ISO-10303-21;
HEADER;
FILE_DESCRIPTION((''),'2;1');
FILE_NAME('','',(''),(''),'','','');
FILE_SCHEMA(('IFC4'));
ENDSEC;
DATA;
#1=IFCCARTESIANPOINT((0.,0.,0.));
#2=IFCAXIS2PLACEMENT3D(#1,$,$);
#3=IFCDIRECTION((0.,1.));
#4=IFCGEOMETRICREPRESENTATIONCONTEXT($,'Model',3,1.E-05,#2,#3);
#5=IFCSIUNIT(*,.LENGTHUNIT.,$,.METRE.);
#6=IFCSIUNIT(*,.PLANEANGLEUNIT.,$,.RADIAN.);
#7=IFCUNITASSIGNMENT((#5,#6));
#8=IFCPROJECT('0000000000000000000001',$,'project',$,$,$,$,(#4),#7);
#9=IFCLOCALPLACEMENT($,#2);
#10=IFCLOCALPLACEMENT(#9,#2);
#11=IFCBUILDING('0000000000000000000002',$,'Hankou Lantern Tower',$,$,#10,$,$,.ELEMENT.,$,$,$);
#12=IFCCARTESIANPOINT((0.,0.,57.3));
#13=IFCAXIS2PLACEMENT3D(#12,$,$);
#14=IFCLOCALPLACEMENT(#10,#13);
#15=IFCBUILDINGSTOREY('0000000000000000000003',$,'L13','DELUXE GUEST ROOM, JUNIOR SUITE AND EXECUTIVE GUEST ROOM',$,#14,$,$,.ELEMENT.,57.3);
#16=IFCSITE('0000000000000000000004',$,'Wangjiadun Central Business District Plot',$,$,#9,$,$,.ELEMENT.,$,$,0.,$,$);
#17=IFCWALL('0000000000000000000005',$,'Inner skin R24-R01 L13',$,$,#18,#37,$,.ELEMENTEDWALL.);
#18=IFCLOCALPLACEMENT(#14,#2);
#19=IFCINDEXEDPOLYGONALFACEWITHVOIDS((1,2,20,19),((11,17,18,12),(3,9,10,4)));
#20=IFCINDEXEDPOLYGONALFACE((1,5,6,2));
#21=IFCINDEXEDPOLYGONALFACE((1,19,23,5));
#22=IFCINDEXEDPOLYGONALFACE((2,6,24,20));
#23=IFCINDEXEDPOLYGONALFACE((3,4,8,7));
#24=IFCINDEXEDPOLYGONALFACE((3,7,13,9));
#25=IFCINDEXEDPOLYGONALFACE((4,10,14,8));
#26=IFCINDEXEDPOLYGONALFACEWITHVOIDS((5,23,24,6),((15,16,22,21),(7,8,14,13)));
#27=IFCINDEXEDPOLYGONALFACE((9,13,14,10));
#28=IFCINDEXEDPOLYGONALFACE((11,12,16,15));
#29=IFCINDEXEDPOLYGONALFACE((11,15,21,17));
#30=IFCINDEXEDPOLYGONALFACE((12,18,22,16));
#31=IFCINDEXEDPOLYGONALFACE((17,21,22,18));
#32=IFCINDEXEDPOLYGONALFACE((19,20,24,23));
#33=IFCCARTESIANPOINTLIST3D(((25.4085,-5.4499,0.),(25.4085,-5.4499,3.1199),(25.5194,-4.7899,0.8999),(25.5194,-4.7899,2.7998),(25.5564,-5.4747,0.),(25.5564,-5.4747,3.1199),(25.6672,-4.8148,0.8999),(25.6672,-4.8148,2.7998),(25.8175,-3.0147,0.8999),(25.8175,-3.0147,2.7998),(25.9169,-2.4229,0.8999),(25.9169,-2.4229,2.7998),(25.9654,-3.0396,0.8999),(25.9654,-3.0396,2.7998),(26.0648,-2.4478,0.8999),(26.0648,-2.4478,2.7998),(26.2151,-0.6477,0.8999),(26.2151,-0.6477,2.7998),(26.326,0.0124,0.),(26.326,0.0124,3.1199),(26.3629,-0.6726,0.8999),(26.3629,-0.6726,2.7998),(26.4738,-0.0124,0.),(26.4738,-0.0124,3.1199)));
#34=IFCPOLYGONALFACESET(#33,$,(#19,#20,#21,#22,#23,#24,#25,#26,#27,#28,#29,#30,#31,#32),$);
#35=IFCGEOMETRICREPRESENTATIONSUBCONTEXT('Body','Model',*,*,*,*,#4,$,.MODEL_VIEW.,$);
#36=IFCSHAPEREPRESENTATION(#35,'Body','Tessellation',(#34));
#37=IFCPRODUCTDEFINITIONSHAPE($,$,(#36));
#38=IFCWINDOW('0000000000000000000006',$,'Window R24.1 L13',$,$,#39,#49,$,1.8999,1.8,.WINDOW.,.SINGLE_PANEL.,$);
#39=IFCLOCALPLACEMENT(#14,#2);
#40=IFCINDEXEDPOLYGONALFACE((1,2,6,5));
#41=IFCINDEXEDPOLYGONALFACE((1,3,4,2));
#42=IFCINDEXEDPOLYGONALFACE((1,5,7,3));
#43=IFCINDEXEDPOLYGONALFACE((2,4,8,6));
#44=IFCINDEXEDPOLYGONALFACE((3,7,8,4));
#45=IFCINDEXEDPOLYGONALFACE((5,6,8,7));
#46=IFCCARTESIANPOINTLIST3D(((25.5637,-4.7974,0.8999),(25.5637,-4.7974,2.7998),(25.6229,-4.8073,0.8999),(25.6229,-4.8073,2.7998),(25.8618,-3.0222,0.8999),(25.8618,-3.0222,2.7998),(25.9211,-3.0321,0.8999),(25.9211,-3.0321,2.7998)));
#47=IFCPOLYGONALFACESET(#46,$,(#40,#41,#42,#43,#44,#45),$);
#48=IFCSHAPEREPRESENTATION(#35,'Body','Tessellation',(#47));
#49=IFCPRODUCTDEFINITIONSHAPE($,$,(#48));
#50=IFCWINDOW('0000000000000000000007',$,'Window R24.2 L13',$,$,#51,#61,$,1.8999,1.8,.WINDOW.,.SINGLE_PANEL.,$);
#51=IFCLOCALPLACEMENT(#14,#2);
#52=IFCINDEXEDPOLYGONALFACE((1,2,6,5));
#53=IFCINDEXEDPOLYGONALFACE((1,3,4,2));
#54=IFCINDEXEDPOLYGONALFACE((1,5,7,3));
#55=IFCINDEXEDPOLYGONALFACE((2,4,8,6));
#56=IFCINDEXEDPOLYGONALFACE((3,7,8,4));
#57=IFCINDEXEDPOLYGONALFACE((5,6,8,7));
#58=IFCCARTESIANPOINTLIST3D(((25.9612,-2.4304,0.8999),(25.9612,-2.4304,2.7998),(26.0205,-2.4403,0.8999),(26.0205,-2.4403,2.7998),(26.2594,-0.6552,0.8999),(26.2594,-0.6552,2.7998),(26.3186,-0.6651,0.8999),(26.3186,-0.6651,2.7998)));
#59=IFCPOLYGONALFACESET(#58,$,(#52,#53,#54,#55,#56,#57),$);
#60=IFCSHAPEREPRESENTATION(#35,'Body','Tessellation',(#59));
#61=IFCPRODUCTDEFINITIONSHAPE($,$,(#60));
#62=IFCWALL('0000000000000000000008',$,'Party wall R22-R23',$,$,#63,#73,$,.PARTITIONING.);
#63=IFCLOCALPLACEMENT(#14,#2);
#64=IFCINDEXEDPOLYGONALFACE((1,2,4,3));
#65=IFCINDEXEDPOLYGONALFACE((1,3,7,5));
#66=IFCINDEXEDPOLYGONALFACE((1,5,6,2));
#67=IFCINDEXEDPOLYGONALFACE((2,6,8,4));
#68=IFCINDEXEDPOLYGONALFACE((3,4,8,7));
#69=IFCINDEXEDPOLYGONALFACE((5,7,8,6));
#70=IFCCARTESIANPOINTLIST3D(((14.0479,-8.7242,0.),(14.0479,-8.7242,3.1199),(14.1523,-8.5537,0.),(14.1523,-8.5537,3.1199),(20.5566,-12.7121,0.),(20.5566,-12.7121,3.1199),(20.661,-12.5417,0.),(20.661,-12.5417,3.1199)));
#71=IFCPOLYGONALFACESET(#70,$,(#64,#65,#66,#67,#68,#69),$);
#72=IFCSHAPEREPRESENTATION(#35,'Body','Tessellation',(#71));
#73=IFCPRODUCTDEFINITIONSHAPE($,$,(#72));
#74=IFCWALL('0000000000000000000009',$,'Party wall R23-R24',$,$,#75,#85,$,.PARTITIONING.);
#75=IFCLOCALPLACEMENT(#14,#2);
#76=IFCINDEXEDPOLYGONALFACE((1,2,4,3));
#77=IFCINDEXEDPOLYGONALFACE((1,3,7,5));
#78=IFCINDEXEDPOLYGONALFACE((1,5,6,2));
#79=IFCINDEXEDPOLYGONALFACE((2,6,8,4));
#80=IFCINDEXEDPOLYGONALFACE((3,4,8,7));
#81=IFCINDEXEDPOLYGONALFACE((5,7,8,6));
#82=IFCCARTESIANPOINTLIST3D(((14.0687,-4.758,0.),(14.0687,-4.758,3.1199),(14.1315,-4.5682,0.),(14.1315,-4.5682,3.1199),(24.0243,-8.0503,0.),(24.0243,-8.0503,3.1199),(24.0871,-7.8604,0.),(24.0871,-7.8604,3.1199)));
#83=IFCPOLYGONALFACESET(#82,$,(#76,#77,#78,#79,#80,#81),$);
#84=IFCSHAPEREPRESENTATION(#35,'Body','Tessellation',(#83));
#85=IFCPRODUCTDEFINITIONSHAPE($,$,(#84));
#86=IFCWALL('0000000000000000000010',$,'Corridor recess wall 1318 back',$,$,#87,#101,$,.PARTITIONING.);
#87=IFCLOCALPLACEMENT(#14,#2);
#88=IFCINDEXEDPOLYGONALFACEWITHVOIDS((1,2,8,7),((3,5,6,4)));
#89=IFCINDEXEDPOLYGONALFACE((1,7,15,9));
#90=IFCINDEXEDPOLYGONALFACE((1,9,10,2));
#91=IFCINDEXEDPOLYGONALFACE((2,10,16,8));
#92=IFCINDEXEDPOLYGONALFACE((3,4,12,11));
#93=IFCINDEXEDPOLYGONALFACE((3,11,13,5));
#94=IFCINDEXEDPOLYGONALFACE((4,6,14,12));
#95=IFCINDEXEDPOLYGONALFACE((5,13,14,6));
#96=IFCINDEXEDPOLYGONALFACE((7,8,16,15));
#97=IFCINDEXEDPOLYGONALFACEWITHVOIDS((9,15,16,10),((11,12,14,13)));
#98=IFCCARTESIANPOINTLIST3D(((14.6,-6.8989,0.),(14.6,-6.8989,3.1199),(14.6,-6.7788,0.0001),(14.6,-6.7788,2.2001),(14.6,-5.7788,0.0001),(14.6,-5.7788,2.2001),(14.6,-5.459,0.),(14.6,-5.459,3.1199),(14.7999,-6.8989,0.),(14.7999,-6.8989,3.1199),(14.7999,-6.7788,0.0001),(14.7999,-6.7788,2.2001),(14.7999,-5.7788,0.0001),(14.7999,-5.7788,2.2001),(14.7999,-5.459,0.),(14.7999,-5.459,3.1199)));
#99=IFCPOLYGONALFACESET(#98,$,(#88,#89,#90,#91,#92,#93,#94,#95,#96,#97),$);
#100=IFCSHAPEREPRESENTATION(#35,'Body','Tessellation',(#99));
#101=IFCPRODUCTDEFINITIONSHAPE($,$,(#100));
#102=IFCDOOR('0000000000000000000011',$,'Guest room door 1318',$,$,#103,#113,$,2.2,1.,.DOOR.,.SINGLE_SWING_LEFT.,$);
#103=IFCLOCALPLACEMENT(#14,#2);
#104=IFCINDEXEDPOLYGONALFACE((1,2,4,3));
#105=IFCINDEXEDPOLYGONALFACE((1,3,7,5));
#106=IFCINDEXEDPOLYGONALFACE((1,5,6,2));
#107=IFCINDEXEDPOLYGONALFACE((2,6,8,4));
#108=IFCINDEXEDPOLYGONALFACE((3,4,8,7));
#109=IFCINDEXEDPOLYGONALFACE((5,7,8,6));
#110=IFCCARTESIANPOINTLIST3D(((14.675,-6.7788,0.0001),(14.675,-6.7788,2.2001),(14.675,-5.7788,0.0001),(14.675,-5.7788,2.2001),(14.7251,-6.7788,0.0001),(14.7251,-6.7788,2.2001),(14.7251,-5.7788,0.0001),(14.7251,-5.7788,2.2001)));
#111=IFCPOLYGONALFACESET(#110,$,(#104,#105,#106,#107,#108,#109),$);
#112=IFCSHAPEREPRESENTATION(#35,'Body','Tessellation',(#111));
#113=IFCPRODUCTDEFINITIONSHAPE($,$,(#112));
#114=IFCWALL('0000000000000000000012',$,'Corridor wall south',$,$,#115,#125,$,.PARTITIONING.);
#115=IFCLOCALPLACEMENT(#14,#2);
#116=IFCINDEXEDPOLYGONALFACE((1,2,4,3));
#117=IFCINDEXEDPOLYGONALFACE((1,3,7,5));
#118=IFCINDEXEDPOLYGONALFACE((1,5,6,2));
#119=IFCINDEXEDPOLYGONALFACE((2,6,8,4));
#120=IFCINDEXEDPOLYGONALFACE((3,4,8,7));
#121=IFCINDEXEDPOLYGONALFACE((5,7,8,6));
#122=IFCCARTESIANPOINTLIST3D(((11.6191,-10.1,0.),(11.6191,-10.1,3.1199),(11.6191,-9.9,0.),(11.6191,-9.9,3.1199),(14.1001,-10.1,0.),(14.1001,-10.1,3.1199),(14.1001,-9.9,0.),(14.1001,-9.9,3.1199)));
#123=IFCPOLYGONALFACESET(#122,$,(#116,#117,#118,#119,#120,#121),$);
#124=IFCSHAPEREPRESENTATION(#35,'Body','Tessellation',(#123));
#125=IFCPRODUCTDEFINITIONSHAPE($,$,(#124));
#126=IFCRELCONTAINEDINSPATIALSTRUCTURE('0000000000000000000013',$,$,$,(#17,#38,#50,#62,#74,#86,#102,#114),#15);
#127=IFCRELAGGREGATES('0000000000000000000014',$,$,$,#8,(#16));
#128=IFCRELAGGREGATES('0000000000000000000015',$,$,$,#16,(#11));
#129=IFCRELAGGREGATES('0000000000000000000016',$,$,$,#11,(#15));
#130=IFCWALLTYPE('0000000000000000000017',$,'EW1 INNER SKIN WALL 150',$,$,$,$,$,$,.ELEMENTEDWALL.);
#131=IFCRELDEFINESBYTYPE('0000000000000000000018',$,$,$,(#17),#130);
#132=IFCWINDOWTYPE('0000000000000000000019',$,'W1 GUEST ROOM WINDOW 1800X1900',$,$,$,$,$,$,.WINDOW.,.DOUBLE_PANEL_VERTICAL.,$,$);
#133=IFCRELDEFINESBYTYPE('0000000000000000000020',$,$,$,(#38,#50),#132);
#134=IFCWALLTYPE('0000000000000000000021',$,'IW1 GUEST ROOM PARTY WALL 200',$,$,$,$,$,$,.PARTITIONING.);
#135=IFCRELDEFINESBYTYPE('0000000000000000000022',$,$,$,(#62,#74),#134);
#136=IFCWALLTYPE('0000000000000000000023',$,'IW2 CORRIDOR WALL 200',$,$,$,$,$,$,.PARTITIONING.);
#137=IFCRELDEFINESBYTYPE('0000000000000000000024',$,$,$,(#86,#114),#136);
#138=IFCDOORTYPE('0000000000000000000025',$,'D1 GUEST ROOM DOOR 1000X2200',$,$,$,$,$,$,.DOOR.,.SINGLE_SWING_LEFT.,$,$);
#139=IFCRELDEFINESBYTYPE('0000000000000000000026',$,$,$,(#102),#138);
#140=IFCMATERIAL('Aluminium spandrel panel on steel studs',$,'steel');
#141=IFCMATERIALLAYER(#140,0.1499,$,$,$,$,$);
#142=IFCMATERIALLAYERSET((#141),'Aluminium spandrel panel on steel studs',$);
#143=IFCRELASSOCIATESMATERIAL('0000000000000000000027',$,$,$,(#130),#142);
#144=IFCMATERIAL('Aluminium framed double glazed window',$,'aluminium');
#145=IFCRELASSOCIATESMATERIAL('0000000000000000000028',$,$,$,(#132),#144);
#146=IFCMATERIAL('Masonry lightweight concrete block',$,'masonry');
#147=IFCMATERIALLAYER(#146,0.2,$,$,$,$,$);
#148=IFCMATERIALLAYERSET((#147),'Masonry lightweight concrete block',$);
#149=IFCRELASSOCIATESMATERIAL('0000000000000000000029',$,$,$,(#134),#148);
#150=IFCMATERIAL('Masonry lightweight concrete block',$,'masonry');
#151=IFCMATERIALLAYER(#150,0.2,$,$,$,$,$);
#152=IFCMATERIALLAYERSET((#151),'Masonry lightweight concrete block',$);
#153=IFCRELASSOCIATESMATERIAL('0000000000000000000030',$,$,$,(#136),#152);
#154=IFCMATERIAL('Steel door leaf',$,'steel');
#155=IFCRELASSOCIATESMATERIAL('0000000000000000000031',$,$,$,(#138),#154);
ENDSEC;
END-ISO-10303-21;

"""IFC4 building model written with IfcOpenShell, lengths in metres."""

from ifc_helpers import new_model, si_unit, direction, frame, frame_2d, origin, place, context, subcontext, project, spatial, rectangle, extrude, material, layer, layer_set, type_object, element, fill, save


model = new_model("IFC4")

# Units and contexts
model_context = context("Model", 3, precision=1e-05, world=origin(), true_north=direction((0.0, 1.0)))
body_context = subcontext(model_context, "Body", "Model", "MODEL_VIEW")
ifc_project = project(units=[si_unit("LENGTHUNIT", "METRE"), si_unit("PLANEANGLEUNIT", "RADIAN")], contexts=[model_context])

# Site, building, storey
site_placement = place(None, origin())
site = spatial("IfcSite", under=ifc_project, at=site_placement, Name="Wangjiadun Central Business District Plot", CompositionType="ELEMENT", RefElevation=0.0)
building_placement = place(site_placement, origin())
building = spatial("IfcBuilding", under=site, at=building_placement, Name="Hankou Lantern Tower", CompositionType="ELEMENT")
storey_placement = place(building_placement, frame((0.0, 0.0, 57.3)))
storey = spatial("IfcBuildingStorey", under=building, at=storey_placement, Name="L13", Description="DELUXE GUEST ROOM, JUNIOR SUITE AND EXECUTIVE GUEST ROOM", CompositionType="ELEMENT", Elevation=57.3)

# Wall, openings, windows
ifc_material_1 = material(Name="Aluminium spandrel panel on steel studs", Category="steel")
ifc_layer_1 = layer(ifc_material_1, 0.1499)
ifc_layer_set_1 = layer_set([ifc_layer_1], Name="Aluminium spandrel panel on steel studs")
wall_type_1 = type_object("IfcWallType", Name="EW1 INNER SKIN WALL 150", PredefinedType="ELEMENTEDWALL", material=ifc_layer_set_1)
wall_1_placement = place(storey_placement, frame((25.4824, -5.4624, 0.0), z_axis=(0.0, 0.0, 1.0), x_axis=(0.165643, 0.986186, 0.0)))
wall_1 = element("IfcWall", 1, at=wall_1_placement, inside=storey, type_object=wall_type_1, Name="Inner skin R24-R01 L13", PredefinedType="ELEMENTEDWALL", context=body_context, shape_type="SweptSolid", body=[
    extrude(rectangle(XDim=5.5388, YDim=0.1499, at=frame_2d((2.7695, 0.0))), origin(), (0.0, 0.0, 1.0), 3.1199),
])
opening_1_placement = place(wall_1_placement, frame((0.6694, 0.0, 0.8999)))
opening_1 = element("IfcOpeningElement", 2, at=opening_1_placement, cuts=wall_1, PredefinedType="OPENING", context=body_context, shape_type="SweptSolid", body=[
    extrude(rectangle(XDim=1.8, YDim=1.8999, at=frame_2d((0.8999, 0.95))), frame((0.0, 0.085, 0.0), z_axis=(0.0, -1.0, 0.0), x_axis=(1.0, 0.0, 0.0)), (0.0, 0.0, 1.0), 0.1699),
])
opening_2_placement = place(wall_1_placement, frame((3.0696, 0.0, 0.8999)))
opening_2 = element("IfcOpeningElement", 3, at=opening_2_placement, cuts=wall_1, PredefinedType="OPENING", context=body_context, shape_type="SweptSolid", body=[
    extrude(rectangle(XDim=1.8, YDim=1.8999, at=frame_2d((0.8999, 0.95))), frame((0.0, 0.085, 0.0), z_axis=(0.0, -1.0, 0.0), x_axis=(1.0, 0.0, 0.0)), (0.0, 0.0, 1.0), 0.1699),
])
ifc_material_2 = material(Name="Aluminium framed double glazed window", Category="aluminium")
window_type = type_object("IfcWindowType", Name="W1 GUEST ROOM WINDOW 1800X1900", PartitioningType="DOUBLE_PANEL_VERTICAL", PredefinedType="WINDOW", material=ifc_material_2)
window_1_placement = place(opening_1_placement, origin())
window_1 = element("IfcWindow", 4, at=window_1_placement, inside=storey, type_object=window_type, Name="Window R24.1 L13", OverallHeight=1.8999, OverallWidth=1.8, PartitioningType="SINGLE_PANEL", PredefinedType="WINDOW", context=body_context, shape_type="SweptSolid", body=[
    extrude(rectangle(XDim=1.8, YDim=1.8999, at=frame_2d((0.8999, 0.95))), frame((0.0, 0.03, 0.0), z_axis=(0.0, -1.0, 0.0), x_axis=(1.0, 0.0, 0.0)), (0.0, 0.0, 1.0), 0.0601),
])
fill(opening_1, window_1)
window_2_placement = place(opening_2_placement, origin())
window_2 = element("IfcWindow", 5, at=window_2_placement, inside=storey, type_object=window_type, Name="Window R24.2 L13", OverallHeight=1.8999, OverallWidth=1.8, PartitioningType="SINGLE_PANEL", PredefinedType="WINDOW", context=body_context, shape_type="SweptSolid", body=[
    extrude(rectangle(XDim=1.8, YDim=1.8999, at=frame_2d((0.8999, 0.95))), frame((0.0, 0.03, 0.0), z_axis=(0.0, -1.0, 0.0), x_axis=(1.0, 0.0, 0.0)), (0.0, 0.0, 1.0), 0.0601),
])
fill(opening_2, window_2)

# Walls
ifc_material_3 = material(Name="Masonry lightweight concrete block", Category="masonry")
ifc_layer_2 = layer(ifc_material_3, 0.2)
ifc_layer_set_2 = layer_set([ifc_layer_2], Name="Masonry lightweight concrete block")
wall_type_2 = type_object("IfcWallType", Name="IW1 GUEST ROOM PARTY WALL 200", PredefinedType="PARTITIONING", material=ifc_layer_set_2)
wall_2_placement = place(storey_placement, frame((14.1001, -8.6389, 0.0), z_axis=(0.0, 0.0, 1.0), x_axis=(0.852672, -0.522446, 0.0)))
element("IfcWall", 6, at=wall_2_placement, inside=storey, type_object=wall_type_2, Name="Party wall R22-R23", PredefinedType="PARTITIONING", context=body_context, shape_type="SweptSolid", body=[
    extrude(rectangle(XDim=7.6333, YDim=0.2, at=frame_2d((3.8167, 0.0))), origin(), (0.0, 0.0, 1.0), 3.1199),
])
wall_3_placement = place(storey_placement, frame((14.1001, -4.6631, 0.0), z_axis=(0.0, 0.0, 1.0), x_axis=(0.949433, -0.313971, 0.0)))
element("IfcWall", 7, at=wall_3_placement, inside=storey, type_object=wall_type_2, Name="Party wall R23-R24", PredefinedType="PARTITIONING", context=body_context, shape_type="SweptSolid", body=[
    extrude(rectangle(XDim=10.4858, YDim=0.2, at=frame_2d((5.2429, 0.0))), origin(), (0.0, 0.0, 1.0), 3.1199),
])

# Wall, opening, door
ifc_material_4 = material(Name="Masonry lightweight concrete block", Category="masonry")
ifc_layer_3 = layer(ifc_material_4, 0.2)
ifc_layer_set_3 = layer_set([ifc_layer_3], Name="Masonry lightweight concrete block")
wall_type_3 = type_object("IfcWallType", Name="IW2 CORRIDOR WALL 200", PredefinedType="PARTITIONING", material=ifc_layer_set_3)
wall_4_placement = place(storey_placement, frame((14.7, -6.8989, 0.0), z_axis=(0.0, 0.0, 1.0), x_axis=(0.0, 1.0, 0.0)))
wall_4 = element("IfcWall", 8, at=wall_4_placement, inside=storey, type_object=wall_type_3, Name="Corridor recess wall 1318 back", PredefinedType="PARTITIONING", context=body_context, shape_type="SweptSolid", body=[
    extrude(rectangle(XDim=1.4399, YDim=0.2, at=frame_2d((0.72, 0.0))), origin(), (0.0, 0.0, 1.0), 3.1199),
])
opening_3_placement = place(wall_4_placement, frame((0.1201, 0.0, 0.0)))
opening_3 = element("IfcOpeningElement", 9, at=opening_3_placement, cuts=wall_4, PredefinedType="OPENING", context=body_context, shape_type="SweptSolid", body=[
    extrude(rectangle(XDim=1.0, YDim=2.2, at=frame_2d((0.5, 1.1001))), frame((0.0, 0.1099, 0.0), z_axis=(0.0, -1.0, 0.0), x_axis=(1.0, 0.0, 0.0)), (0.0, 0.0, 1.0), 0.22),
])
ifc_material_5 = material(Name="Steel door leaf", Category="steel")
door_type_1 = type_object("IfcDoorType", Name="D1 GUEST ROOM DOOR 1000X2200", OperationType="SINGLE_SWING_LEFT", PredefinedType="DOOR", material=ifc_material_5)
door_1_placement = place(opening_3_placement, origin())
door_1 = element("IfcDoor", 10, at=door_1_placement, inside=storey, type_object=door_type_1, Name="Guest room door 1318", OperationType="SINGLE_SWING_LEFT", OverallHeight=2.2, OverallWidth=1.0, PredefinedType="DOOR", context=body_context, shape_type="SweptSolid", body=[
    extrude(rectangle(XDim=1.0, YDim=2.2, at=frame_2d((0.5, 1.1001))), frame((0.0, 0.0249, 0.0), z_axis=(0.0, -1.0, 0.0), x_axis=(1.0, 0.0, 0.0)), (0.0, 0.0, 1.0), 0.05),
])
fill(opening_3, door_1)

# Wall
wall_5_placement = place(storey_placement, frame((14.1001, -10.0, 0.0), z_axis=(0.0, 0.0, 1.0), x_axis=(-1.0, 0.0, 0.0)))
element("IfcWall", 11, at=wall_5_placement, inside=storey, type_object=wall_type_3, Name="Corridor wall south", PredefinedType="PARTITIONING", context=body_context, shape_type="SweptSolid", body=[
    extrude(rectangle(XDim=2.481, YDim=0.2, at=frame_2d((1.2405, 0.0))), origin(), (0.0, 0.0, 1.0), 3.1199),
])

save(model, "model.ifc")
